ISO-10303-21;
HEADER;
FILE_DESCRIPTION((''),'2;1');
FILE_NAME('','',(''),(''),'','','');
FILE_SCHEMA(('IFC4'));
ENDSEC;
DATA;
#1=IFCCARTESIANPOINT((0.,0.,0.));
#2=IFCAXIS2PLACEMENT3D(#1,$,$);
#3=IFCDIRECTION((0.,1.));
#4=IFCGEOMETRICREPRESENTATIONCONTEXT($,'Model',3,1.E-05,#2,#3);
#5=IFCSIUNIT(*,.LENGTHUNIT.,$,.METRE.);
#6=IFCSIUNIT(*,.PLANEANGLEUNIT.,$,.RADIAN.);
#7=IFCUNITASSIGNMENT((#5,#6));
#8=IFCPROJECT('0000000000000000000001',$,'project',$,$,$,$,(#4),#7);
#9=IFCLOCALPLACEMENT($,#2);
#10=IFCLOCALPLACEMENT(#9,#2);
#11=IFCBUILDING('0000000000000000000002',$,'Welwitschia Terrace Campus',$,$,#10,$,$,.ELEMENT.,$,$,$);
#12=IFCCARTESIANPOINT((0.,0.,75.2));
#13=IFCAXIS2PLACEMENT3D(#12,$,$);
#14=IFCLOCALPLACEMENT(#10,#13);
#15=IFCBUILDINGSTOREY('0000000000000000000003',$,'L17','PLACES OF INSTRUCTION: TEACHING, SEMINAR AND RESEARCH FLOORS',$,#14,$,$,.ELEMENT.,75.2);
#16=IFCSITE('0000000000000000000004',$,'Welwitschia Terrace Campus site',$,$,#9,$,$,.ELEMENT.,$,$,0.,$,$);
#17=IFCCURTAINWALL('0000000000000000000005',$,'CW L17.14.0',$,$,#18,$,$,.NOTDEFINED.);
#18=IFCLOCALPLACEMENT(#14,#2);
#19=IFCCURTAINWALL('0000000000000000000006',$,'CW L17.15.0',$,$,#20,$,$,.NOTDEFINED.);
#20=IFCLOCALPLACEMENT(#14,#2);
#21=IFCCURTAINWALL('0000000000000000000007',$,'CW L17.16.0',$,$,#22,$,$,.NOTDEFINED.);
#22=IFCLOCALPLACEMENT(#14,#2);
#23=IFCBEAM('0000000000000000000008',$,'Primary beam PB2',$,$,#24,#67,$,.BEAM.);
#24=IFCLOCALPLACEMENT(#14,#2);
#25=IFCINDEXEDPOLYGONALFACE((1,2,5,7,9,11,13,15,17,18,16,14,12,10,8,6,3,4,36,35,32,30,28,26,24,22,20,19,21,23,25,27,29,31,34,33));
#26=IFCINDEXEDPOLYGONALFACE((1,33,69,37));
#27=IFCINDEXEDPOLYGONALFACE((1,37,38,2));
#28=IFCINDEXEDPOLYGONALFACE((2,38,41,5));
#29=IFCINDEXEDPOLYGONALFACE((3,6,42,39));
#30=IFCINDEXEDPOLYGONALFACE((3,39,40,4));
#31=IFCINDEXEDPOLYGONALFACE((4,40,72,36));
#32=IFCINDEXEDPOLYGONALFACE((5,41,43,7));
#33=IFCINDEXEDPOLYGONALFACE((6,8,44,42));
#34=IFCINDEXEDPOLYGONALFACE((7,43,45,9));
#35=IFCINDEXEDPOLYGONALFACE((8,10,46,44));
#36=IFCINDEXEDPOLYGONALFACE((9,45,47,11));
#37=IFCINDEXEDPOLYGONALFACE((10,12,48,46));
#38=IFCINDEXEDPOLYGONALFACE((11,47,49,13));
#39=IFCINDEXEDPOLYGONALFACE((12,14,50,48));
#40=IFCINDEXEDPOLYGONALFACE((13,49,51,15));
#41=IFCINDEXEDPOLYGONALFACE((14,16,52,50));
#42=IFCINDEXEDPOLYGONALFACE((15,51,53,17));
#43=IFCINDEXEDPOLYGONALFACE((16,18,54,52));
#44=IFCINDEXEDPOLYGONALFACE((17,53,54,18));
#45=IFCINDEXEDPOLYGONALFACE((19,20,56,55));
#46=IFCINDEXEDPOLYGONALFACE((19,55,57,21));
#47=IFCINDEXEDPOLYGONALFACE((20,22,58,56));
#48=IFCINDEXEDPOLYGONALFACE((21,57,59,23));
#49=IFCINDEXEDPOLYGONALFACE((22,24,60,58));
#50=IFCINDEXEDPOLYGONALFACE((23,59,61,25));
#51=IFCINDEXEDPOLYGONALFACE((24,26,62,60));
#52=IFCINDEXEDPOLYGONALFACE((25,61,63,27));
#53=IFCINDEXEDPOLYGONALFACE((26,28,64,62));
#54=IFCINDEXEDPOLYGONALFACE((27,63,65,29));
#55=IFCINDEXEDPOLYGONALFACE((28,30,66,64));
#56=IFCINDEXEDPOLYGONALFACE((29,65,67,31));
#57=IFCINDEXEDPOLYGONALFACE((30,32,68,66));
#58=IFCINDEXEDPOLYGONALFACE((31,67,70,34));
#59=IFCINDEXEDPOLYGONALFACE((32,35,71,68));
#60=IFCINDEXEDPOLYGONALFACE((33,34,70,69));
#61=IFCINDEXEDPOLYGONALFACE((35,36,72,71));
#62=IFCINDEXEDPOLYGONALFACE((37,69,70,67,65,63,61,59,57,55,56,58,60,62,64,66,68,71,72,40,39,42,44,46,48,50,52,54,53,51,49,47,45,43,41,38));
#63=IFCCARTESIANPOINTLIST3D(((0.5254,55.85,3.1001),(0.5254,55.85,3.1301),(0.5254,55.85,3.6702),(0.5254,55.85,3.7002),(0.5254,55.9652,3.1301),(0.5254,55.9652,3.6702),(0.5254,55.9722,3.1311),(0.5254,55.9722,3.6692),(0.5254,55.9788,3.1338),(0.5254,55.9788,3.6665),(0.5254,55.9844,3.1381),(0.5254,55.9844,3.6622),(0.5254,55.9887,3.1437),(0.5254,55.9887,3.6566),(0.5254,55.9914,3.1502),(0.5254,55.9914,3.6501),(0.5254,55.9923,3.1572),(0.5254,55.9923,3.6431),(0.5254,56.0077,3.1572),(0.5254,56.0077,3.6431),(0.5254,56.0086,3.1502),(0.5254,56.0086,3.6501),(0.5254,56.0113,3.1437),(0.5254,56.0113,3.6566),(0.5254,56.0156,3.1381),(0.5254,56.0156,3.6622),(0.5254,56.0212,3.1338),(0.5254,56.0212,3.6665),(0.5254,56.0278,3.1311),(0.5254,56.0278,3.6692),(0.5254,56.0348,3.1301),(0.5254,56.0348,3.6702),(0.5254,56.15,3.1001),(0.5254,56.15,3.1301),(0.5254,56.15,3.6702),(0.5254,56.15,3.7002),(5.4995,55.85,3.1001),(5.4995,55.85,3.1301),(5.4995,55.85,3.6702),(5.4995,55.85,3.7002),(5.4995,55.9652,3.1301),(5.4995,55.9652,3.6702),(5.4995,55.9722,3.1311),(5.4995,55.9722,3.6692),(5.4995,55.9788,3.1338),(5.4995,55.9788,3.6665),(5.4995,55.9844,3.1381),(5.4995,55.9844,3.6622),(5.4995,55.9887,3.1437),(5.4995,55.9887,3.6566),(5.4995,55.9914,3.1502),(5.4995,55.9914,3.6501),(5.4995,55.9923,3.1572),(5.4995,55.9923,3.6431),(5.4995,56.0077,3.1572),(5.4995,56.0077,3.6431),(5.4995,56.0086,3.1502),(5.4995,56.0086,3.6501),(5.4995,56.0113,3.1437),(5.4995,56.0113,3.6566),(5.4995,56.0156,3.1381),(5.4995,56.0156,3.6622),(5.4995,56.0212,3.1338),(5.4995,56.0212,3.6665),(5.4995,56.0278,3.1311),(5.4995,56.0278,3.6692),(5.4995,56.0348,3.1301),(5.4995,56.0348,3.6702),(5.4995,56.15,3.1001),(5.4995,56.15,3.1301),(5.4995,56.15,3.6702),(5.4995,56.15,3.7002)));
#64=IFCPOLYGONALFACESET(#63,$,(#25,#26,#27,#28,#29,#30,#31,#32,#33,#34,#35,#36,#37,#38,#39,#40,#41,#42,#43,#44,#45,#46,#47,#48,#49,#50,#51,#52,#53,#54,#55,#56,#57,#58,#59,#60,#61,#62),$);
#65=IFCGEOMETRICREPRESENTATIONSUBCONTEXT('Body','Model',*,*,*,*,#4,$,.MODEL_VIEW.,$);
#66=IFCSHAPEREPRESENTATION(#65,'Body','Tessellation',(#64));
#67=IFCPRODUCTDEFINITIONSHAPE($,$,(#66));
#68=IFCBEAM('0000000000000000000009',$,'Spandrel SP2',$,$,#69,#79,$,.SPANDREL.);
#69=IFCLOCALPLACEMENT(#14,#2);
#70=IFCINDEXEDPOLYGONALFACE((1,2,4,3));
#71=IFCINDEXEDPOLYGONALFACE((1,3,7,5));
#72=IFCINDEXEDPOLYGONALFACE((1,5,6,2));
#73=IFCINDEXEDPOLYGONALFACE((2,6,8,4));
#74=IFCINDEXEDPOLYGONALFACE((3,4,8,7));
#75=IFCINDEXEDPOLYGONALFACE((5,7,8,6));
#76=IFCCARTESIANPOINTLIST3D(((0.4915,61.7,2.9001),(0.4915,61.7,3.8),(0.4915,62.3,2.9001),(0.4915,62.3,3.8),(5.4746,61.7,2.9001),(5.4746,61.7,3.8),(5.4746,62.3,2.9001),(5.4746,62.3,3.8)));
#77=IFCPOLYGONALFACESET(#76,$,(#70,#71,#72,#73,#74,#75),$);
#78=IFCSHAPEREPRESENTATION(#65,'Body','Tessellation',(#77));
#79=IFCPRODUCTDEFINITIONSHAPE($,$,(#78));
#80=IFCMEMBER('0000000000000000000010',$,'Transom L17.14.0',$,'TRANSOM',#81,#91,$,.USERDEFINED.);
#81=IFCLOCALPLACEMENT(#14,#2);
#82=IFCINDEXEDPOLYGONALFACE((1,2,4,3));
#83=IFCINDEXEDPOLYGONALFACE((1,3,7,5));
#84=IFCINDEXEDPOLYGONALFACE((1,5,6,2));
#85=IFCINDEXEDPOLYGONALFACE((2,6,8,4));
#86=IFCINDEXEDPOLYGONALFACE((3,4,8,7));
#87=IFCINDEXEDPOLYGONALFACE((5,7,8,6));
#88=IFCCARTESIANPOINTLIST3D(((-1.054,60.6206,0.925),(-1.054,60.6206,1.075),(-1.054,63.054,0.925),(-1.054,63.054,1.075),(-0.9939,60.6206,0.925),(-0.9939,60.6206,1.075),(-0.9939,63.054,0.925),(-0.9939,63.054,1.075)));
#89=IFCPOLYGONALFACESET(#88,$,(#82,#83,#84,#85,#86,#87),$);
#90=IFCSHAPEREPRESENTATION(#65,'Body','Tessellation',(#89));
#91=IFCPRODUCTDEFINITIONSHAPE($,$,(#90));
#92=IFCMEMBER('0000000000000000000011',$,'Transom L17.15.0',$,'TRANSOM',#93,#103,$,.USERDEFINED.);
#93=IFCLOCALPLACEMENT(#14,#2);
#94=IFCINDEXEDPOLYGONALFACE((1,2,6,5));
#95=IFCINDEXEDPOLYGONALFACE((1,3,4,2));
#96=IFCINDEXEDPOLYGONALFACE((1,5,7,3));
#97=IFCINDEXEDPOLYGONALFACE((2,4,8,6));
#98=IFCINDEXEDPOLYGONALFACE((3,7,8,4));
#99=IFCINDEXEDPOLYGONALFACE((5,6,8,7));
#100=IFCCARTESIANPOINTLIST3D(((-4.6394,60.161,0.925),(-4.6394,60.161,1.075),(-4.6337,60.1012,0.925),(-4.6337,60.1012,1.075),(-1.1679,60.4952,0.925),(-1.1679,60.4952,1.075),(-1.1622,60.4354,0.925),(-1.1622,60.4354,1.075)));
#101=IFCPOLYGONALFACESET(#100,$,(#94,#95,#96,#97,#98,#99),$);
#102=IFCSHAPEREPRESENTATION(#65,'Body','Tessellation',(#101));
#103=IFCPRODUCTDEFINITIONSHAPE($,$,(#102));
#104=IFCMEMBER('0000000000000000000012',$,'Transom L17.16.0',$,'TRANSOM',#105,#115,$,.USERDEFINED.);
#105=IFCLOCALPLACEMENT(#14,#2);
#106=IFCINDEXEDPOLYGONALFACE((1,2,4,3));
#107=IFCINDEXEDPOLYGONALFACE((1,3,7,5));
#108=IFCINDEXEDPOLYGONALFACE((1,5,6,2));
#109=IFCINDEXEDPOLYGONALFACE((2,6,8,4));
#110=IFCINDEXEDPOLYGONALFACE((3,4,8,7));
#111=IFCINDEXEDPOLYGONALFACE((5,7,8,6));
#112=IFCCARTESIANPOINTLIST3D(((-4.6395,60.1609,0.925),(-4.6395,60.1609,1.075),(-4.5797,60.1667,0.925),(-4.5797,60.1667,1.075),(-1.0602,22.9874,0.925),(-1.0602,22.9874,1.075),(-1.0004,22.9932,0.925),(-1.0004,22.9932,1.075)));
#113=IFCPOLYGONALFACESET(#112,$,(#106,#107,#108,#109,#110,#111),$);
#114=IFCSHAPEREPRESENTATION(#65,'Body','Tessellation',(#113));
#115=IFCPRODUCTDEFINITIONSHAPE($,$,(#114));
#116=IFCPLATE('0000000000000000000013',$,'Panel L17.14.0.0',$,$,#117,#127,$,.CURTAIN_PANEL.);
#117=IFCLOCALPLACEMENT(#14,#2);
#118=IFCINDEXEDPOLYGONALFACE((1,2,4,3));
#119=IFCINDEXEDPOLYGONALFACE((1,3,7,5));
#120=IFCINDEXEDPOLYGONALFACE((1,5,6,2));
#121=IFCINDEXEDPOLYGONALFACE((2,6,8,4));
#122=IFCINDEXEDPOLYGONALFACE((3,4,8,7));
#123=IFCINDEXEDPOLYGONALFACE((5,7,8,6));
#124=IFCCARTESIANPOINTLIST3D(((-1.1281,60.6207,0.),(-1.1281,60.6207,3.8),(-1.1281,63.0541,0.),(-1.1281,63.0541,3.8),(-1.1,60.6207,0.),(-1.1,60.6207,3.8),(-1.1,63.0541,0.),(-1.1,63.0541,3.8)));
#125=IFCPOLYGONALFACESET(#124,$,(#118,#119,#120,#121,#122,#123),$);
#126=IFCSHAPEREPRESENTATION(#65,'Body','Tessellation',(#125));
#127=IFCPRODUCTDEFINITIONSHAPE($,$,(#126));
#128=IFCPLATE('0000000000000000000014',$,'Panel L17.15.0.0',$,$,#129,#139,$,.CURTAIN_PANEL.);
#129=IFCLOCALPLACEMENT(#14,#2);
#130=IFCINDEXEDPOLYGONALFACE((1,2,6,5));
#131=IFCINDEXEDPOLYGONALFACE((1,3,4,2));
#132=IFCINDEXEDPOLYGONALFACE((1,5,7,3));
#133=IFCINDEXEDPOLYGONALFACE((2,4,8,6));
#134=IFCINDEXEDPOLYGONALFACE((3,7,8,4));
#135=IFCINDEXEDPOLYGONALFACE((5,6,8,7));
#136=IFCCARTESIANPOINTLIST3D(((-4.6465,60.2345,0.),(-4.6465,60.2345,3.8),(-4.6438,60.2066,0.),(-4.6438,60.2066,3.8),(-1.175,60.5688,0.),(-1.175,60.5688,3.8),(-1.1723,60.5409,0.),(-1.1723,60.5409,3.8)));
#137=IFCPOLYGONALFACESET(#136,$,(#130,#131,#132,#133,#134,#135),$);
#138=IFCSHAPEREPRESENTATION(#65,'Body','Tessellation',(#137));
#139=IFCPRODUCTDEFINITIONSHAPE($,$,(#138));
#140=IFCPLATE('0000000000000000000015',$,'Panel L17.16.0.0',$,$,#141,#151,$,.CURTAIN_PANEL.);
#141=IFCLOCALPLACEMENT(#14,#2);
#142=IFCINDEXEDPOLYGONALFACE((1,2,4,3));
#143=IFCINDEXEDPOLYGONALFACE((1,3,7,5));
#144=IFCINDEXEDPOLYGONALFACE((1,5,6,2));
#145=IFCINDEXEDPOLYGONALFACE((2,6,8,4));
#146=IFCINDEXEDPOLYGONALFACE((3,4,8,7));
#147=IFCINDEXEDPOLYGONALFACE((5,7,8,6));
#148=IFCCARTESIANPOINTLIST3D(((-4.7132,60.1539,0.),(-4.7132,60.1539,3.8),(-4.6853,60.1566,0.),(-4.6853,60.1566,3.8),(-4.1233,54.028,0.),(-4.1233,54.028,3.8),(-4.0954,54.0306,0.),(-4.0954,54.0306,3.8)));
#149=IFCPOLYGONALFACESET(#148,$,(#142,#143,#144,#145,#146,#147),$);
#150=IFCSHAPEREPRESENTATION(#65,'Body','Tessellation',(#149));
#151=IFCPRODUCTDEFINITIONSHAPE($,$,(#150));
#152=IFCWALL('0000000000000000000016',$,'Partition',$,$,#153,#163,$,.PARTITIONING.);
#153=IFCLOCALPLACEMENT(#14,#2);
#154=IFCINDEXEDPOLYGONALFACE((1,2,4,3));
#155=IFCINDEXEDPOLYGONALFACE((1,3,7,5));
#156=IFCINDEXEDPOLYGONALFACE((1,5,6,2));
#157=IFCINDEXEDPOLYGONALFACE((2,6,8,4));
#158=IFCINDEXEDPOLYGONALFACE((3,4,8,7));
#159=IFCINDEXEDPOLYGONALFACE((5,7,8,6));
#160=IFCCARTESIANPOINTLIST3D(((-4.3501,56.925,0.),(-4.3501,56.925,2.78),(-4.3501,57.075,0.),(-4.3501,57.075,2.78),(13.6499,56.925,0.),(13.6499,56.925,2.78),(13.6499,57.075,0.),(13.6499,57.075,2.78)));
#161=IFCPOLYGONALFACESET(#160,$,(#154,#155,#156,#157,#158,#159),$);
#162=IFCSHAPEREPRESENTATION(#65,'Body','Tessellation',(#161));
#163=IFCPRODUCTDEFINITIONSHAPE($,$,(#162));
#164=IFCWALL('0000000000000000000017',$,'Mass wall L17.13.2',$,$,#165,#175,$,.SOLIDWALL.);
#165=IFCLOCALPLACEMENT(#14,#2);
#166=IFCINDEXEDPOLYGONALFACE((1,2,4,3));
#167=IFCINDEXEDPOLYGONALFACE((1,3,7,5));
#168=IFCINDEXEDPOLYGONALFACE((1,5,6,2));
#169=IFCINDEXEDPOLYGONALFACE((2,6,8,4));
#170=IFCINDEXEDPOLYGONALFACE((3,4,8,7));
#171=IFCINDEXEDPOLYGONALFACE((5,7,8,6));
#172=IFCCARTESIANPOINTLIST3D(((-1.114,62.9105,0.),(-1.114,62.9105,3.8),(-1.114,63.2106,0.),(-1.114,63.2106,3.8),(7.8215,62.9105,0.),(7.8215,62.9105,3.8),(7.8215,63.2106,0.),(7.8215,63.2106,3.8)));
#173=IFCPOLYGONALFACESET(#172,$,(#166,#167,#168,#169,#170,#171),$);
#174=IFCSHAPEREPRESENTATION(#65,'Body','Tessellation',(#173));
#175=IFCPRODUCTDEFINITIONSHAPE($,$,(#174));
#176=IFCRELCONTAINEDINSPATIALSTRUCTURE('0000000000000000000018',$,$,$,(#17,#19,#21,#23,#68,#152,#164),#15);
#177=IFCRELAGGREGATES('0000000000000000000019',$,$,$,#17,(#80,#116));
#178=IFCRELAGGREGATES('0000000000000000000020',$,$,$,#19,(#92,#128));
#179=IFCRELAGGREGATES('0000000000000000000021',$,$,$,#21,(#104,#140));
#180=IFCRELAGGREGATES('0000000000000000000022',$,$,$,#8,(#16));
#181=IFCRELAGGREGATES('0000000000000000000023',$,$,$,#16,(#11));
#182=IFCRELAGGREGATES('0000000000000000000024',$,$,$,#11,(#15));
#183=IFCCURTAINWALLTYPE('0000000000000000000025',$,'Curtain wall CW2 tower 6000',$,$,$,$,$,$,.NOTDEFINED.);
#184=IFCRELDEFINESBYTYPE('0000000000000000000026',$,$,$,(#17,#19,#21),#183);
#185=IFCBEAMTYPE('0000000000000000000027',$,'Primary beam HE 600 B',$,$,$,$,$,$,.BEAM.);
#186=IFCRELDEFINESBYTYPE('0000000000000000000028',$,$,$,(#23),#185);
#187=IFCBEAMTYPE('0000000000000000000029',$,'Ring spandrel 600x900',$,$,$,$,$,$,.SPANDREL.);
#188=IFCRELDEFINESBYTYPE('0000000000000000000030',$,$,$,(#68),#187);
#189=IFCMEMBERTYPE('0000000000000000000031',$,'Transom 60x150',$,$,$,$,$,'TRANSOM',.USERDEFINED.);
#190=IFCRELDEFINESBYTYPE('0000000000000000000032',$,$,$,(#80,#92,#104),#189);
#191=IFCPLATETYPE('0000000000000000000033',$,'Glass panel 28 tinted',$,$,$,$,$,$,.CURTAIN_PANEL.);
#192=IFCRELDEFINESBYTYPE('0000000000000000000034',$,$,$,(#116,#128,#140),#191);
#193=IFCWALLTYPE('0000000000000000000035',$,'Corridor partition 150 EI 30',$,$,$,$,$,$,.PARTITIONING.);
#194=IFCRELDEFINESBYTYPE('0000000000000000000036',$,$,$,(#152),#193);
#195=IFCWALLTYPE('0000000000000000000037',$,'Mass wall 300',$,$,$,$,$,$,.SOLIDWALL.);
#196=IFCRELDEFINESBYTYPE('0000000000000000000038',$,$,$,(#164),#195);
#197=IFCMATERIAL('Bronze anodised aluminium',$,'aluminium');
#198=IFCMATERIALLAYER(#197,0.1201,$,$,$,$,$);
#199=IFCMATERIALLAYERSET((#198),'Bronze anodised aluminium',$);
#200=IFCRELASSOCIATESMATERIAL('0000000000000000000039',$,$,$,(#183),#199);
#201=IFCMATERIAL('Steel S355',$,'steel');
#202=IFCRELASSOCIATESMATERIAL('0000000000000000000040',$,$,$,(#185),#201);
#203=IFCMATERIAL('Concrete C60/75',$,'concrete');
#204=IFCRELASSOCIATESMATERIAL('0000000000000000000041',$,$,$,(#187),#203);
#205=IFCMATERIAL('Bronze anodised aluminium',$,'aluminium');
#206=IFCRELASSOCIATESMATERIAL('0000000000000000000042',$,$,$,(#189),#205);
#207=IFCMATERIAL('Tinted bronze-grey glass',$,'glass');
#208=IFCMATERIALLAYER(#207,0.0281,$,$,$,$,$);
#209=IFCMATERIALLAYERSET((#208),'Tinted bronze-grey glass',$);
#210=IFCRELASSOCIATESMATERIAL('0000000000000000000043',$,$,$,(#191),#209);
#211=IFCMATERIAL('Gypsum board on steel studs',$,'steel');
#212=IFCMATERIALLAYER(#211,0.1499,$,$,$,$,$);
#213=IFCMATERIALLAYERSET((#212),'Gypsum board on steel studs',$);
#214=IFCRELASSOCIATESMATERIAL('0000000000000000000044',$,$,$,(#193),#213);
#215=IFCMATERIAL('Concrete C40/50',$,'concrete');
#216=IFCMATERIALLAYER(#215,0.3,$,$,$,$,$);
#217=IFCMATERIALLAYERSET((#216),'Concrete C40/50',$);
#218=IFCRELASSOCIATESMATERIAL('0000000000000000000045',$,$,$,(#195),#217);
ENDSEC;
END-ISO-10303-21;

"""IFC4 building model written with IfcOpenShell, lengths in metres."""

from ifc_helpers import new_model, si_unit, direction, frame, frame_2d, origin, origin_2d, place, context, subcontext, project, spatial, rectangle, i_section, extrude, material, layer, layer_set, material_profile, profile_set, type_object, element, aggregate, save


model = new_model("IFC4")

# Units and contexts
model_context = context("Model", 3, precision=1e-05, world=origin(), true_north=direction((0.0, 1.0)))
body_context = subcontext(model_context, "Body", "Model", "MODEL_VIEW")
ifc_project = project(units=[si_unit("LENGTHUNIT", "METRE"), si_unit("PLANEANGLEUNIT", "RADIAN")], contexts=[model_context])

# Site, building, storey
site_placement = place(None, origin())
site = spatial("IfcSite", under=ifc_project, at=site_placement, Name="Welwitschia Terrace Campus site", CompositionType="ELEMENT", RefElevation=0.0)
building_placement = place(site_placement, origin())
building = spatial("IfcBuilding", under=site, at=building_placement, Name="Welwitschia Terrace Campus", CompositionType="ELEMENT")
storey_placement = place(building_placement, frame((0.0, 0.0, 75.2)))
storey = spatial("IfcBuildingStorey", under=building, at=storey_placement, Name="L17", Description="PLACES OF INSTRUCTION: TEACHING, SEMINAR AND RESEARCH FLOORS", CompositionType="ELEMENT", Elevation=75.2)

# Shared definitions
ifc_material_1 = material(Name="Bronze anodised aluminium", Category="aluminium")
ifc_layer_1 = layer(ifc_material_1, 0.1201)
ifc_layer_set_1 = layer_set([ifc_layer_1], Name="Bronze anodised aluminium")
curtain_wall_type = type_object("IfcCurtainWallType", Name="Curtain wall CW2 tower 6000", PredefinedType="NOTDEFINED", material=ifc_layer_set_1)

# Curtain walls
curtain_wall_1_placement = place(storey_placement, origin())
curtain_wall_1 = element("IfcCurtainWall", 1, at=curtain_wall_1_placement, inside=storey, type_object=curtain_wall_type, Name="CW L17.14.0", PredefinedType="NOTDEFINED")
curtain_wall_2_placement = place(storey_placement, origin())
curtain_wall_2 = element("IfcCurtainWall", 2, at=curtain_wall_2_placement, inside=storey, type_object=curtain_wall_type, Name="CW L17.15.0", PredefinedType="NOTDEFINED")
curtain_wall_3_placement = place(storey_placement, origin())
curtain_wall_3 = element("IfcCurtainWall", 3, at=curtain_wall_3_placement, inside=storey, type_object=curtain_wall_type, Name="CW L17.16.0", PredefinedType="NOTDEFINED")

# Beams
ifc_material_2 = material(Name="Steel S355", Category="steel")
ifc_material_profile_1 = material_profile(ifc_material_2, i_section(OverallWidth=0.3, OverallDepth=0.6001, WebThickness=0.0154, FlangeThickness=0.03, FilletRadius=0.0271, at=origin_2d()))
ifc_profile_set_1 = profile_set([ifc_material_profile_1], Name="Steel S355")
beam_type_1 = type_object("IfcBeamType", Name="Primary beam HE 600 B", PredefinedType="BEAM", material=ifc_profile_set_1)
beam_1_placement = place(storey_placement, frame((0.5254, 56.0, 3.4001), z_axis=(1.0, 0.0, 0.0), x_axis=(0.0, 1.0, 0.0)))
element("IfcBeam", 4, at=beam_1_placement, inside=storey, type_object=beam_type_1, Name="Primary beam PB2", PredefinedType="BEAM", context=body_context, shape_type="SweptSolid", body=[
    extrude(i_section(OverallWidth=0.3, OverallDepth=0.6001, WebThickness=0.0154, FlangeThickness=0.03, FilletRadius=0.0271, at=origin_2d()), origin(), (0.0, 0.0, 1.0), 4.9741),
])
ifc_material_3 = material(Name="Concrete C60/75", Category="concrete")
ifc_material_profile_2 = material_profile(ifc_material_3, rectangle(XDim=0.6001, YDim=0.8999, at=origin_2d()))
ifc_profile_set_2 = profile_set([ifc_material_profile_2], Name="Concrete C60/75")
beam_type_2 = type_object("IfcBeamType", Name="Ring spandrel 600x900", PredefinedType="SPANDREL", material=ifc_profile_set_2)
beam_2_placement = place(storey_placement, frame((5.4746, 62.0, 3.3501), z_axis=(-1.0, 0.0, 0.0), x_axis=(0.0, -1.0, 0.0)))
element("IfcBeam", 5, at=beam_2_placement, inside=storey, type_object=beam_type_2, Name="Spandrel SP2", PredefinedType="SPANDREL", context=body_context, shape_type="SweptSolid", body=[
    extrude(rectangle(XDim=0.6001, YDim=0.8999, at=origin_2d()), origin(), (0.0, 0.0, 1.0), 4.9832),
])

# Members
ifc_material_4 = material(Name="Bronze anodised aluminium", Category="aluminium")
ifc_material_profile_3 = material_profile(ifc_material_4, rectangle(XDim=0.0601, YDim=0.1499, at=origin_2d()))
ifc_profile_set_3 = profile_set([ifc_material_profile_3], Name="Bronze anodised aluminium")
member_type_1 = type_object("IfcMemberType", Name="Transom 60x150", ElementType="TRANSOM", PredefinedType="USERDEFINED", material=ifc_profile_set_3)
member_1_placement = place(storey_placement, frame((-1.0239, 63.054, 1.0), z_axis=(0.0, -1.0, 0.0), x_axis=(1.0, 0.0, 0.0)))
member_1 = element("IfcMember", 6, at=member_1_placement, type_object=member_type_1, Name="Transom L17.14.0", ObjectType="TRANSOM", PredefinedType="USERDEFINED", context=body_context, shape_type="SweptSolid", body=[
    extrude(rectangle(XDim=0.0601, YDim=0.1499, at=origin_2d()), origin(), (0.0, 0.0, 1.0), 2.4333),
])
member_2_placement = place(storey_placement, frame((-1.165, 60.4653, 1.0), z_axis=(-0.995397, -0.095836, 0.0), x_axis=(0.095836, -0.995397, 0.0)))
member_2 = element("IfcMember", 7, at=member_2_placement, type_object=member_type_1, Name="Transom L17.15.0", ObjectType="TRANSOM", PredefinedType="USERDEFINED", context=body_context, shape_type="SweptSolid", body=[
    extrude(rectangle(XDim=0.0601, YDim=0.1499, at=origin_2d()), origin(), (0.0, 0.0, 1.0), 3.4875),
])
member_3_placement = place(storey_placement, frame((-4.6096, 60.1638, 1.0), z_axis=(0.095844, -0.995396, 0.0), x_axis=(0.995396, 0.095844, 0.0)))
member_3 = element("IfcMember", 8, at=member_3_placement, type_object=member_type_1, Name="Transom L17.16.0", ObjectType="TRANSOM", PredefinedType="USERDEFINED", context=body_context, shape_type="SweptSolid", body=[
    extrude(rectangle(XDim=0.0601, YDim=0.1499, at=origin_2d()), origin(), (0.0, 0.0, 1.0), 37.3455),
])

# Plates
ifc_material_5 = material(Name="Tinted bronze-grey glass", Category="glass")
ifc_layer_2 = layer(ifc_material_5, 0.0281)
ifc_layer_set_2 = layer_set([ifc_layer_2], Name="Tinted bronze-grey glass")
plate_type = type_object("IfcPlateType", Name="Glass panel 28 tinted", PredefinedType="CURTAIN_PANEL", material=ifc_layer_set_2)
plate_1_placement = place(storey_placement, frame((-1.114, 61.8374, 0.0), z_axis=(0.0, 0.0, 1.0), x_axis=(0.0, -1.0, 0.0)))
plate_1 = element("IfcPlate", 9, at=plate_1_placement, type_object=plate_type, Name="Panel L17.14.0.0", PredefinedType="CURTAIN_PANEL", context=body_context, shape_type="SweptSolid", body=[
    extrude(rectangle(XDim=2.4333, YDim=0.0281, at=origin_2d()), origin(), (0.0, 0.0, 1.0), 3.8),
])
aggregate(curtain_wall_1, [member_1, plate_1])
plate_2_placement = place(storey_placement, frame((-2.9094, 60.3877, 0.0), z_axis=(0.0, 0.0, 1.0), x_axis=(-0.995396, -0.095846, 0.0)))
plate_2 = element("IfcPlate", 10, at=plate_2_placement, type_object=plate_type, Name="Panel L17.15.0.0", PredefinedType="CURTAIN_PANEL", context=body_context, shape_type="SweptSolid", body=[
    extrude(rectangle(XDim=3.4875, YDim=0.0281, at=origin_2d()), origin(), (0.0, 0.0, 1.0), 3.8),
])
aggregate(curtain_wall_2, [member_2, plate_2])
plate_3_placement = place(storey_placement, frame((-4.4043, 57.0923, 0.0), z_axis=(0.0, 0.0, 1.0), x_axis=(0.095846, -0.995396, 0.0)))
plate_3 = element("IfcPlate", 11, at=plate_3_placement, type_object=plate_type, Name="Panel L17.16.0.0", PredefinedType="CURTAIN_PANEL", context=body_context, shape_type="SweptSolid", body=[
    extrude(rectangle(XDim=6.1543, YDim=0.0281, at=origin_2d()), origin(), (0.0, 0.0, 1.0), 3.8),
])
aggregate(curtain_wall_3, [member_3, plate_3])

# Walls
ifc_material_6 = material(Name="Gypsum board on steel studs", Category="steel")
ifc_layer_3 = layer(ifc_material_6, 0.1499)
ifc_layer_set_3 = layer_set([ifc_layer_3], Name="Gypsum board on steel studs")
wall_type_1 = type_object("IfcWallType", Name="Corridor partition 150 EI 30", PredefinedType="PARTITIONING", material=ifc_layer_set_3)
wall_1_placement = place(storey_placement, frame((-4.3501, 57.0, 0.0), z_axis=(0.0, 0.0, 1.0), x_axis=(1.0, 0.0, 0.0)))
element("IfcWall", 12, at=wall_1_placement, inside=storey, type_object=wall_type_1, Name="Partition", PredefinedType="PARTITIONING", context=body_context, shape_type="SweptSolid", body=[
    extrude(rectangle(XDim=18.0, YDim=0.1499, at=frame_2d((9.0, 0.0))), origin(), (0.0, 0.0, 1.0), 2.78),
])
ifc_material_7 = material(Name="Concrete C40/50", Category="concrete")
ifc_layer_4 = layer(ifc_material_7, 0.3)
ifc_layer_set_4 = layer_set([ifc_layer_4], Name="Concrete C40/50")
wall_type_2 = type_object("IfcWallType", Name="Mass wall 300", PredefinedType="SOLIDWALL", material=ifc_layer_set_4)
wall_2_placement = place(storey_placement, frame((7.8215, 63.0605, 0.0), z_axis=(0.0, 0.0, 1.0), x_axis=(-1.0, 0.0, 0.0)))
element("IfcWall", 13, at=wall_2_placement, inside=storey, type_object=wall_type_2, Name="Mass wall L17.13.2", PredefinedType="SOLIDWALL", context=body_context, shape_type="SweptSolid", body=[
    extrude(rectangle(XDim=8.9355, YDim=0.3, at=frame_2d((4.4678, 0.0))), origin(), (0.0, 0.0, 1.0), 3.8),
])

save(model, "model.ifc")
